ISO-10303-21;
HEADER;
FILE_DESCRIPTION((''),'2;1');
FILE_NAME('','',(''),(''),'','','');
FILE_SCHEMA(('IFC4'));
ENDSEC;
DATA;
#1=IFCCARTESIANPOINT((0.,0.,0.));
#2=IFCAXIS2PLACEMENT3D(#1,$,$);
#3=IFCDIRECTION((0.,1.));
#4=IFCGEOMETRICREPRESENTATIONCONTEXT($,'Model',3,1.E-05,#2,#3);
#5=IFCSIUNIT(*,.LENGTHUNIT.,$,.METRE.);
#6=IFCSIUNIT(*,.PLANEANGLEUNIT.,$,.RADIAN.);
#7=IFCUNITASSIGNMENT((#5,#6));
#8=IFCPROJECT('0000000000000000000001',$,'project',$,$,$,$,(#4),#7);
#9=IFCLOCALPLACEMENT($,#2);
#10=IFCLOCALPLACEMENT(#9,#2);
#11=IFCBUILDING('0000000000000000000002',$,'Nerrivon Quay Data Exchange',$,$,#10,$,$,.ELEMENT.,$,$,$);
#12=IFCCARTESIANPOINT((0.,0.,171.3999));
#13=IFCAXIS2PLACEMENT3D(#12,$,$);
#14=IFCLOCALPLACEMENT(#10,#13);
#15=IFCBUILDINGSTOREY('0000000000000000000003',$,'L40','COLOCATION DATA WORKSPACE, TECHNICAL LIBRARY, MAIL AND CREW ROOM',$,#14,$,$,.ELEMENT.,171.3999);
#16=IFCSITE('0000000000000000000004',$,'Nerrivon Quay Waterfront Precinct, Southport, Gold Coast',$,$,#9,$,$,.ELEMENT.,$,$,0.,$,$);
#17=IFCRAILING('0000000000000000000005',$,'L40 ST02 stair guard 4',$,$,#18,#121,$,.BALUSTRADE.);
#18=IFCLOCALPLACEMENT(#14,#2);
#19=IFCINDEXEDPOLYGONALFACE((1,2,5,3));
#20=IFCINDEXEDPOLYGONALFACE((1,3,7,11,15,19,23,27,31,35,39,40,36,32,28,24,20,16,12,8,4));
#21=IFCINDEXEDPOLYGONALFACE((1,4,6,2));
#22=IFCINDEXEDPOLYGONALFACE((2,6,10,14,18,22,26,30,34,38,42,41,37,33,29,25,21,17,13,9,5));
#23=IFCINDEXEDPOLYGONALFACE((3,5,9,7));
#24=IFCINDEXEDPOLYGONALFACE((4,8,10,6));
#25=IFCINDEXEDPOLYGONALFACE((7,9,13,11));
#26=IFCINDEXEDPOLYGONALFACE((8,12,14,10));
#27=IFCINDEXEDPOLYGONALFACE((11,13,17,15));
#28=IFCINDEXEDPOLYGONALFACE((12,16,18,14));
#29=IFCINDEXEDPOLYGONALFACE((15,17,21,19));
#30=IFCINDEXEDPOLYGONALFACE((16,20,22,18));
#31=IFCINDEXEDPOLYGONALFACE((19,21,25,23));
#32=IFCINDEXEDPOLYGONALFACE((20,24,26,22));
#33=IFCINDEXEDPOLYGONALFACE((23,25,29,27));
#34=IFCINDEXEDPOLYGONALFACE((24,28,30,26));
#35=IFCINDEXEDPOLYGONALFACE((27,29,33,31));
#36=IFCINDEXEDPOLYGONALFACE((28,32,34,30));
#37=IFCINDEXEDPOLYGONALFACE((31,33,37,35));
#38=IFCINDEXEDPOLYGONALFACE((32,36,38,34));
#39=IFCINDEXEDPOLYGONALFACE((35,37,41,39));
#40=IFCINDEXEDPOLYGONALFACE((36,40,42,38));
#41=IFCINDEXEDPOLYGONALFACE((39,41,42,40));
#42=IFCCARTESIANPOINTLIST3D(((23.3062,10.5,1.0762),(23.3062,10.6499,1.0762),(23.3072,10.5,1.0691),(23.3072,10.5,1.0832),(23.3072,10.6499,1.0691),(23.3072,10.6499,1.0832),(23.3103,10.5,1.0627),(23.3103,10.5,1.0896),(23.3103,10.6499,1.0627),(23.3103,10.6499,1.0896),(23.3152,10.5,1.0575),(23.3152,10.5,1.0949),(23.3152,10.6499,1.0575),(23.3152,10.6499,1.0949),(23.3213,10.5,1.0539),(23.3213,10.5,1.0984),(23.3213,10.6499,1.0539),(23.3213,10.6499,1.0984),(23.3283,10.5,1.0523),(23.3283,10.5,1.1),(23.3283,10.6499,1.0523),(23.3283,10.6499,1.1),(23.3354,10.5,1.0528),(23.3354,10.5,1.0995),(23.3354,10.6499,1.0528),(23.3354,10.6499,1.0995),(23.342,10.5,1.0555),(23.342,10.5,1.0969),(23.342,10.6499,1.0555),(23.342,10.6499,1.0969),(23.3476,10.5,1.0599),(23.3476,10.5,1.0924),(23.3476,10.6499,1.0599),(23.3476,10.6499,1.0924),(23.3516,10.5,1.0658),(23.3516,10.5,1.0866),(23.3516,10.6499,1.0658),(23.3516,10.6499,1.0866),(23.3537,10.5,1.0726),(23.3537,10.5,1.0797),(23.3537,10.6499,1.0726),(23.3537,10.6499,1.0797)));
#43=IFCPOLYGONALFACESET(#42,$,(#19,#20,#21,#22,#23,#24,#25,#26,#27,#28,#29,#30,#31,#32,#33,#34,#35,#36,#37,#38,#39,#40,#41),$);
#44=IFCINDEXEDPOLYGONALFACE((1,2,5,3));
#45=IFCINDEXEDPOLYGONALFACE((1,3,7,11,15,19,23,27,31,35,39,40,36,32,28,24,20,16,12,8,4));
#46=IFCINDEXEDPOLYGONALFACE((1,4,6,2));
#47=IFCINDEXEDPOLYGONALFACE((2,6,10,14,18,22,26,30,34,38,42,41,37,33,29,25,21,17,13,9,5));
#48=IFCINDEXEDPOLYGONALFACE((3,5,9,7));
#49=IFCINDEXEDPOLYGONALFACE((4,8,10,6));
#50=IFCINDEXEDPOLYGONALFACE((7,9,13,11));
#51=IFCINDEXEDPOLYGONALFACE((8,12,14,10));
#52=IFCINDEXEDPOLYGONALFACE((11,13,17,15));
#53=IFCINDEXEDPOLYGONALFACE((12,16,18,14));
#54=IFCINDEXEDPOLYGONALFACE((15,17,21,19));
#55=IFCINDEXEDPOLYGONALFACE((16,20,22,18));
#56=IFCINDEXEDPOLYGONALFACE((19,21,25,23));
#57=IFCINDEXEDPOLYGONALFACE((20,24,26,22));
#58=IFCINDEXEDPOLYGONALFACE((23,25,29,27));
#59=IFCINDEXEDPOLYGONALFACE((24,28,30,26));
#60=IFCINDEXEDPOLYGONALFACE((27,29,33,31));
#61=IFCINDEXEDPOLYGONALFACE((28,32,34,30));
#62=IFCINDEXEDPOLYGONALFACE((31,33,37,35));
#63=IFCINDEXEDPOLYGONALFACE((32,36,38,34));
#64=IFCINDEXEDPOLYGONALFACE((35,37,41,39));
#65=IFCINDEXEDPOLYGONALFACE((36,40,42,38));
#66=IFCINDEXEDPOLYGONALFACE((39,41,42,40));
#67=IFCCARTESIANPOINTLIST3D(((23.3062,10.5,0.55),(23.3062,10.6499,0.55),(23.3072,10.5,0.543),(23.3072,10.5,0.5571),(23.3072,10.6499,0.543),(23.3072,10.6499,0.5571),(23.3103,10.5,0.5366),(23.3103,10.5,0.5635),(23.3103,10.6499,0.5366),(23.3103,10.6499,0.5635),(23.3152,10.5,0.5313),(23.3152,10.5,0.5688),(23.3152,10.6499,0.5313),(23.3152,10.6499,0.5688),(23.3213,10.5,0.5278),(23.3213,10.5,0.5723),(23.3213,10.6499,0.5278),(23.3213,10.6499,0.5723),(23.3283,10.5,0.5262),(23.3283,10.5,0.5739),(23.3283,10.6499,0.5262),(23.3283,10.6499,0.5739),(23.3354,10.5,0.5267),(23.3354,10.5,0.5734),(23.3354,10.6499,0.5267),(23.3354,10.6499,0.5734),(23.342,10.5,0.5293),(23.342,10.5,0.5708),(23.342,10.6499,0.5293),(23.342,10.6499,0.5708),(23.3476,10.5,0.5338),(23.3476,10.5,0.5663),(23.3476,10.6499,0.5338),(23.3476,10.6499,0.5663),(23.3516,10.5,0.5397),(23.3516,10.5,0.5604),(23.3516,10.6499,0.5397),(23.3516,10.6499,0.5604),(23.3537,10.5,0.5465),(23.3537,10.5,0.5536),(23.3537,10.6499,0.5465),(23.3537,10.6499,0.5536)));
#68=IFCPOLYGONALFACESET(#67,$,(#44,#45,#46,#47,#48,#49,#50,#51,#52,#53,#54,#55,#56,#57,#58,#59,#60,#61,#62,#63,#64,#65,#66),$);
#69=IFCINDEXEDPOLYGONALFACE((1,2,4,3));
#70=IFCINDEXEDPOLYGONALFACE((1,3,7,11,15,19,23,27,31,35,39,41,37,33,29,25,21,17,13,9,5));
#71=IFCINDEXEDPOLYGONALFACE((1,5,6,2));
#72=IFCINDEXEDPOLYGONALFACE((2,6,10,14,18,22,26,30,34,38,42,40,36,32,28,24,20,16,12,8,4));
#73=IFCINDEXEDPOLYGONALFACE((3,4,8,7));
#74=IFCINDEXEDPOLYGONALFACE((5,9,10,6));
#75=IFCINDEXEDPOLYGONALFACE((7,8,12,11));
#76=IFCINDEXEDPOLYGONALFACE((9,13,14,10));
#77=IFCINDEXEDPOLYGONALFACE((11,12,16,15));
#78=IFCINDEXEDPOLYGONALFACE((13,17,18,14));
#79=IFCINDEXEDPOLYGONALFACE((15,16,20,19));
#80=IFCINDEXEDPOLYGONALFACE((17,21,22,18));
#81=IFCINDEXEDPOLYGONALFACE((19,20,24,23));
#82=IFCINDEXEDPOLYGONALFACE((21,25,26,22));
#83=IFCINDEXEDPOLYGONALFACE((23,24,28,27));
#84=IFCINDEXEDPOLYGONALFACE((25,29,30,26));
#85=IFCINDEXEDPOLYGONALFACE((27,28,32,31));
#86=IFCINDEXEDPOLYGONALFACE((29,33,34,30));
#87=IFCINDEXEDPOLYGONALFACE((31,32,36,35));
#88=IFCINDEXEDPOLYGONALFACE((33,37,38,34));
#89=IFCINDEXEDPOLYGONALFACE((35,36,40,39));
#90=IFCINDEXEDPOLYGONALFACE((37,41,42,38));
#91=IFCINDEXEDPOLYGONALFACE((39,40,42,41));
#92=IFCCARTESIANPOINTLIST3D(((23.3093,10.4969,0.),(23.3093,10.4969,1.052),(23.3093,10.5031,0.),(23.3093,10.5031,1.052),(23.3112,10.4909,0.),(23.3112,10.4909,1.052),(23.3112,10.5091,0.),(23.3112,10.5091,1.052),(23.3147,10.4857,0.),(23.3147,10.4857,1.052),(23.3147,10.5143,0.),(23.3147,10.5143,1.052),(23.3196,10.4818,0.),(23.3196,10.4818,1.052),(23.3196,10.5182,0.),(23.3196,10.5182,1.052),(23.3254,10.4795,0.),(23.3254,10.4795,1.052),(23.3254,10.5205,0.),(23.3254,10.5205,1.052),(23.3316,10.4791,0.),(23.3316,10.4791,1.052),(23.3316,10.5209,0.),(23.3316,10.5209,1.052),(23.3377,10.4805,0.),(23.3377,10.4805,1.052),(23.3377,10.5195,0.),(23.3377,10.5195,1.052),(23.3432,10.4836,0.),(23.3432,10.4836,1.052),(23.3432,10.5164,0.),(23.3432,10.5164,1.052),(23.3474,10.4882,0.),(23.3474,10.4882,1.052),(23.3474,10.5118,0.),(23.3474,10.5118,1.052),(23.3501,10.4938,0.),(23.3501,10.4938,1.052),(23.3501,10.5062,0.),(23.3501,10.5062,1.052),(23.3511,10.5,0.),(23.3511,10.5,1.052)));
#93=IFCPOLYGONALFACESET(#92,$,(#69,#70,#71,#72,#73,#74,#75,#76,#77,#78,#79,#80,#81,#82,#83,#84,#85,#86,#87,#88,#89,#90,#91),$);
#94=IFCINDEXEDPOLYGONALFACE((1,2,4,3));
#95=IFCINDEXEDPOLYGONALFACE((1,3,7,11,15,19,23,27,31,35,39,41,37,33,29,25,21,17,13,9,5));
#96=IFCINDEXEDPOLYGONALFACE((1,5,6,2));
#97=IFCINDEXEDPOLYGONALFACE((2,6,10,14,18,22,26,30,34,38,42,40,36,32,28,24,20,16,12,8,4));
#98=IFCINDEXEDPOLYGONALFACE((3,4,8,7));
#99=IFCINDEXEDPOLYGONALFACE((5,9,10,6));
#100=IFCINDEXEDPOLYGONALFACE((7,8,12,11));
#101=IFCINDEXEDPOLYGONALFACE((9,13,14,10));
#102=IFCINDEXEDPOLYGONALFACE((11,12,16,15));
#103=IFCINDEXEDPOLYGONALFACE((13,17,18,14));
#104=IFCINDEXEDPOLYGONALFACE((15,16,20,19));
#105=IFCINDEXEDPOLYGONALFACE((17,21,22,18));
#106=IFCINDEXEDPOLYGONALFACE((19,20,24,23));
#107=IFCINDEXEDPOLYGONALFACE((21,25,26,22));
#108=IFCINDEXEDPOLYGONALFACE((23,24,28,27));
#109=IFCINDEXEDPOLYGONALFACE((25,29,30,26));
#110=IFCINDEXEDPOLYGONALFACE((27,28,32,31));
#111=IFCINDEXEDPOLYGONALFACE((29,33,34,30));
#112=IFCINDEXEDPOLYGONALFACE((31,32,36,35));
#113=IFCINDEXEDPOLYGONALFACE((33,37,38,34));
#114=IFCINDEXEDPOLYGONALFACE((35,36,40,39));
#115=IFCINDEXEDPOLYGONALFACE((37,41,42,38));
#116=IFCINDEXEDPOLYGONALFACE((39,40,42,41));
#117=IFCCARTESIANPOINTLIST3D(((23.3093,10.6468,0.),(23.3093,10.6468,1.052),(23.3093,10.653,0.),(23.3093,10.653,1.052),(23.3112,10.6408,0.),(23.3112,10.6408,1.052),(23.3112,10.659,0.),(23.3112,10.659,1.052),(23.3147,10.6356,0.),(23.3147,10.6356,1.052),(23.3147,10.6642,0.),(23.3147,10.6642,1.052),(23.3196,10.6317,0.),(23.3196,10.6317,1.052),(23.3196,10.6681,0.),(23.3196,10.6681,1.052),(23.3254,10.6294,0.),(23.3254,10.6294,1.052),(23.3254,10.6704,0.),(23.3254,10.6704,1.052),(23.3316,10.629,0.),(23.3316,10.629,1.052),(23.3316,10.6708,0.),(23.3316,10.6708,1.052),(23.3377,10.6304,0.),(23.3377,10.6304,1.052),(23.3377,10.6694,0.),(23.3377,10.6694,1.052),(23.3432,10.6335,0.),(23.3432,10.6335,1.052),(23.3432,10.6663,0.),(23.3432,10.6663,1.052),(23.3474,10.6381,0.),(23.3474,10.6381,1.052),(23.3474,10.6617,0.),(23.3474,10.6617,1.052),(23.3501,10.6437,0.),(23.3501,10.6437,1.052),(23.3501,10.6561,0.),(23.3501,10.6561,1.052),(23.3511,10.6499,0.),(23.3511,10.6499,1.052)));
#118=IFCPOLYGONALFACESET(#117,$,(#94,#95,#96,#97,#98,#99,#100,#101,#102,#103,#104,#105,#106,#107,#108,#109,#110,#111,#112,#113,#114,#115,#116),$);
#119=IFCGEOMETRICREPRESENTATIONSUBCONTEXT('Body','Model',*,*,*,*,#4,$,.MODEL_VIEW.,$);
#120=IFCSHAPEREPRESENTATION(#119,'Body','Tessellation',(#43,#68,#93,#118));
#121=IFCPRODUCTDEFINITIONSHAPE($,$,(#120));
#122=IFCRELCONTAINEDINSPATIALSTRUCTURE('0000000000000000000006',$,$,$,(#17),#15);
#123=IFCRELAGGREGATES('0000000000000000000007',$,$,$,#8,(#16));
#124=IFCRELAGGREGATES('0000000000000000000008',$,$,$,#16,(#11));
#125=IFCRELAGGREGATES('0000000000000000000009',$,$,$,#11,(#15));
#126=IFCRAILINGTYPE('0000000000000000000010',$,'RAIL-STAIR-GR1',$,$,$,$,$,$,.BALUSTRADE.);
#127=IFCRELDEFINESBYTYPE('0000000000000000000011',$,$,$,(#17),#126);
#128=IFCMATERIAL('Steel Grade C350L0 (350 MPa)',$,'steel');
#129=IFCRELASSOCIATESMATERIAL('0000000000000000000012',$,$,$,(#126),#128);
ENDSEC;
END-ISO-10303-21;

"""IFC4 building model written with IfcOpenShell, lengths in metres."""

from ifc_helpers import new_model, si_unit, direction, frame, origin, origin_2d, place, context, subcontext, project, spatial, circle, extrude, material, type_object, element, save


model = new_model("IFC4")

# Units and contexts
model_context = context("Model", 3, precision=1e-05, world=origin(), true_north=direction((0.0, 1.0)))
body_context = subcontext(model_context, "Body", "Model", "MODEL_VIEW")
ifc_project = project(units=[si_unit("LENGTHUNIT", "METRE"), si_unit("PLANEANGLEUNIT", "RADIAN")], contexts=[model_context])

# Site, building, storey
site_placement = place(None, origin())
site = spatial("IfcSite", under=ifc_project, at=site_placement, Name="Nerrivon Quay Waterfront Precinct, Southport, Gold Coast", CompositionType="ELEMENT", RefElevation=0.0)
building_placement = place(site_placement, origin())
building = spatial("IfcBuilding", under=site, at=building_placement, Name="Nerrivon Quay Data Exchange", CompositionType="ELEMENT")
storey_placement = place(building_placement, frame((0.0, 0.0, 171.3999)))
storey = spatial("IfcBuildingStorey", under=building, at=storey_placement, Name="L40", Description="COLOCATION DATA WORKSPACE, TECHNICAL LIBRARY, MAIL AND CREW ROOM", CompositionType="ELEMENT", Elevation=171.3999)

# Railing
ifc_material_1 = material(Name="Steel Grade C350L0 (350 MPa)", Category="steel")
railing_type_1 = type_object("IfcRailingType", Name="RAIL-STAIR-GR1", PredefinedType="BALUSTRADE", material=ifc_material_1)
railing_1_placement = place(storey_placement, frame((23.3301, 10.5, 0.0)))
element("IfcRailing", 1, at=railing_1_placement, inside=storey, type_object=railing_type_1, Name="L40 ST02 stair guard 4", PredefinedType="BALUSTRADE", context=body_context, shape_type="SweptSolid", body=[
    extrude(circle(Radius=0.0239, at=origin_2d()), frame((0.0, 0.0, 1.0762), z_axis=(0.0, 1.0, 0.0), x_axis=(-1.0, 0.0, 0.0)), (0.0, 0.0, 1.0), 0.1499),
    extrude(circle(Radius=0.0239, at=origin_2d()), frame((0.0, 0.0, 0.55), z_axis=(0.0, 1.0, 0.0), x_axis=(-1.0, 0.0, 0.0)), (0.0, 0.0, 1.0), 0.1499),
    extrude(circle(Radius=0.021, at=origin_2d()), origin(), (0.0, 0.0, 1.0), 1.052),
    extrude(circle(Radius=0.021, at=origin_2d()), frame((0.0, 0.1499, 0.0)), (0.0, 0.0, 1.0), 1.052),
])

save(model, "model.ifc")
